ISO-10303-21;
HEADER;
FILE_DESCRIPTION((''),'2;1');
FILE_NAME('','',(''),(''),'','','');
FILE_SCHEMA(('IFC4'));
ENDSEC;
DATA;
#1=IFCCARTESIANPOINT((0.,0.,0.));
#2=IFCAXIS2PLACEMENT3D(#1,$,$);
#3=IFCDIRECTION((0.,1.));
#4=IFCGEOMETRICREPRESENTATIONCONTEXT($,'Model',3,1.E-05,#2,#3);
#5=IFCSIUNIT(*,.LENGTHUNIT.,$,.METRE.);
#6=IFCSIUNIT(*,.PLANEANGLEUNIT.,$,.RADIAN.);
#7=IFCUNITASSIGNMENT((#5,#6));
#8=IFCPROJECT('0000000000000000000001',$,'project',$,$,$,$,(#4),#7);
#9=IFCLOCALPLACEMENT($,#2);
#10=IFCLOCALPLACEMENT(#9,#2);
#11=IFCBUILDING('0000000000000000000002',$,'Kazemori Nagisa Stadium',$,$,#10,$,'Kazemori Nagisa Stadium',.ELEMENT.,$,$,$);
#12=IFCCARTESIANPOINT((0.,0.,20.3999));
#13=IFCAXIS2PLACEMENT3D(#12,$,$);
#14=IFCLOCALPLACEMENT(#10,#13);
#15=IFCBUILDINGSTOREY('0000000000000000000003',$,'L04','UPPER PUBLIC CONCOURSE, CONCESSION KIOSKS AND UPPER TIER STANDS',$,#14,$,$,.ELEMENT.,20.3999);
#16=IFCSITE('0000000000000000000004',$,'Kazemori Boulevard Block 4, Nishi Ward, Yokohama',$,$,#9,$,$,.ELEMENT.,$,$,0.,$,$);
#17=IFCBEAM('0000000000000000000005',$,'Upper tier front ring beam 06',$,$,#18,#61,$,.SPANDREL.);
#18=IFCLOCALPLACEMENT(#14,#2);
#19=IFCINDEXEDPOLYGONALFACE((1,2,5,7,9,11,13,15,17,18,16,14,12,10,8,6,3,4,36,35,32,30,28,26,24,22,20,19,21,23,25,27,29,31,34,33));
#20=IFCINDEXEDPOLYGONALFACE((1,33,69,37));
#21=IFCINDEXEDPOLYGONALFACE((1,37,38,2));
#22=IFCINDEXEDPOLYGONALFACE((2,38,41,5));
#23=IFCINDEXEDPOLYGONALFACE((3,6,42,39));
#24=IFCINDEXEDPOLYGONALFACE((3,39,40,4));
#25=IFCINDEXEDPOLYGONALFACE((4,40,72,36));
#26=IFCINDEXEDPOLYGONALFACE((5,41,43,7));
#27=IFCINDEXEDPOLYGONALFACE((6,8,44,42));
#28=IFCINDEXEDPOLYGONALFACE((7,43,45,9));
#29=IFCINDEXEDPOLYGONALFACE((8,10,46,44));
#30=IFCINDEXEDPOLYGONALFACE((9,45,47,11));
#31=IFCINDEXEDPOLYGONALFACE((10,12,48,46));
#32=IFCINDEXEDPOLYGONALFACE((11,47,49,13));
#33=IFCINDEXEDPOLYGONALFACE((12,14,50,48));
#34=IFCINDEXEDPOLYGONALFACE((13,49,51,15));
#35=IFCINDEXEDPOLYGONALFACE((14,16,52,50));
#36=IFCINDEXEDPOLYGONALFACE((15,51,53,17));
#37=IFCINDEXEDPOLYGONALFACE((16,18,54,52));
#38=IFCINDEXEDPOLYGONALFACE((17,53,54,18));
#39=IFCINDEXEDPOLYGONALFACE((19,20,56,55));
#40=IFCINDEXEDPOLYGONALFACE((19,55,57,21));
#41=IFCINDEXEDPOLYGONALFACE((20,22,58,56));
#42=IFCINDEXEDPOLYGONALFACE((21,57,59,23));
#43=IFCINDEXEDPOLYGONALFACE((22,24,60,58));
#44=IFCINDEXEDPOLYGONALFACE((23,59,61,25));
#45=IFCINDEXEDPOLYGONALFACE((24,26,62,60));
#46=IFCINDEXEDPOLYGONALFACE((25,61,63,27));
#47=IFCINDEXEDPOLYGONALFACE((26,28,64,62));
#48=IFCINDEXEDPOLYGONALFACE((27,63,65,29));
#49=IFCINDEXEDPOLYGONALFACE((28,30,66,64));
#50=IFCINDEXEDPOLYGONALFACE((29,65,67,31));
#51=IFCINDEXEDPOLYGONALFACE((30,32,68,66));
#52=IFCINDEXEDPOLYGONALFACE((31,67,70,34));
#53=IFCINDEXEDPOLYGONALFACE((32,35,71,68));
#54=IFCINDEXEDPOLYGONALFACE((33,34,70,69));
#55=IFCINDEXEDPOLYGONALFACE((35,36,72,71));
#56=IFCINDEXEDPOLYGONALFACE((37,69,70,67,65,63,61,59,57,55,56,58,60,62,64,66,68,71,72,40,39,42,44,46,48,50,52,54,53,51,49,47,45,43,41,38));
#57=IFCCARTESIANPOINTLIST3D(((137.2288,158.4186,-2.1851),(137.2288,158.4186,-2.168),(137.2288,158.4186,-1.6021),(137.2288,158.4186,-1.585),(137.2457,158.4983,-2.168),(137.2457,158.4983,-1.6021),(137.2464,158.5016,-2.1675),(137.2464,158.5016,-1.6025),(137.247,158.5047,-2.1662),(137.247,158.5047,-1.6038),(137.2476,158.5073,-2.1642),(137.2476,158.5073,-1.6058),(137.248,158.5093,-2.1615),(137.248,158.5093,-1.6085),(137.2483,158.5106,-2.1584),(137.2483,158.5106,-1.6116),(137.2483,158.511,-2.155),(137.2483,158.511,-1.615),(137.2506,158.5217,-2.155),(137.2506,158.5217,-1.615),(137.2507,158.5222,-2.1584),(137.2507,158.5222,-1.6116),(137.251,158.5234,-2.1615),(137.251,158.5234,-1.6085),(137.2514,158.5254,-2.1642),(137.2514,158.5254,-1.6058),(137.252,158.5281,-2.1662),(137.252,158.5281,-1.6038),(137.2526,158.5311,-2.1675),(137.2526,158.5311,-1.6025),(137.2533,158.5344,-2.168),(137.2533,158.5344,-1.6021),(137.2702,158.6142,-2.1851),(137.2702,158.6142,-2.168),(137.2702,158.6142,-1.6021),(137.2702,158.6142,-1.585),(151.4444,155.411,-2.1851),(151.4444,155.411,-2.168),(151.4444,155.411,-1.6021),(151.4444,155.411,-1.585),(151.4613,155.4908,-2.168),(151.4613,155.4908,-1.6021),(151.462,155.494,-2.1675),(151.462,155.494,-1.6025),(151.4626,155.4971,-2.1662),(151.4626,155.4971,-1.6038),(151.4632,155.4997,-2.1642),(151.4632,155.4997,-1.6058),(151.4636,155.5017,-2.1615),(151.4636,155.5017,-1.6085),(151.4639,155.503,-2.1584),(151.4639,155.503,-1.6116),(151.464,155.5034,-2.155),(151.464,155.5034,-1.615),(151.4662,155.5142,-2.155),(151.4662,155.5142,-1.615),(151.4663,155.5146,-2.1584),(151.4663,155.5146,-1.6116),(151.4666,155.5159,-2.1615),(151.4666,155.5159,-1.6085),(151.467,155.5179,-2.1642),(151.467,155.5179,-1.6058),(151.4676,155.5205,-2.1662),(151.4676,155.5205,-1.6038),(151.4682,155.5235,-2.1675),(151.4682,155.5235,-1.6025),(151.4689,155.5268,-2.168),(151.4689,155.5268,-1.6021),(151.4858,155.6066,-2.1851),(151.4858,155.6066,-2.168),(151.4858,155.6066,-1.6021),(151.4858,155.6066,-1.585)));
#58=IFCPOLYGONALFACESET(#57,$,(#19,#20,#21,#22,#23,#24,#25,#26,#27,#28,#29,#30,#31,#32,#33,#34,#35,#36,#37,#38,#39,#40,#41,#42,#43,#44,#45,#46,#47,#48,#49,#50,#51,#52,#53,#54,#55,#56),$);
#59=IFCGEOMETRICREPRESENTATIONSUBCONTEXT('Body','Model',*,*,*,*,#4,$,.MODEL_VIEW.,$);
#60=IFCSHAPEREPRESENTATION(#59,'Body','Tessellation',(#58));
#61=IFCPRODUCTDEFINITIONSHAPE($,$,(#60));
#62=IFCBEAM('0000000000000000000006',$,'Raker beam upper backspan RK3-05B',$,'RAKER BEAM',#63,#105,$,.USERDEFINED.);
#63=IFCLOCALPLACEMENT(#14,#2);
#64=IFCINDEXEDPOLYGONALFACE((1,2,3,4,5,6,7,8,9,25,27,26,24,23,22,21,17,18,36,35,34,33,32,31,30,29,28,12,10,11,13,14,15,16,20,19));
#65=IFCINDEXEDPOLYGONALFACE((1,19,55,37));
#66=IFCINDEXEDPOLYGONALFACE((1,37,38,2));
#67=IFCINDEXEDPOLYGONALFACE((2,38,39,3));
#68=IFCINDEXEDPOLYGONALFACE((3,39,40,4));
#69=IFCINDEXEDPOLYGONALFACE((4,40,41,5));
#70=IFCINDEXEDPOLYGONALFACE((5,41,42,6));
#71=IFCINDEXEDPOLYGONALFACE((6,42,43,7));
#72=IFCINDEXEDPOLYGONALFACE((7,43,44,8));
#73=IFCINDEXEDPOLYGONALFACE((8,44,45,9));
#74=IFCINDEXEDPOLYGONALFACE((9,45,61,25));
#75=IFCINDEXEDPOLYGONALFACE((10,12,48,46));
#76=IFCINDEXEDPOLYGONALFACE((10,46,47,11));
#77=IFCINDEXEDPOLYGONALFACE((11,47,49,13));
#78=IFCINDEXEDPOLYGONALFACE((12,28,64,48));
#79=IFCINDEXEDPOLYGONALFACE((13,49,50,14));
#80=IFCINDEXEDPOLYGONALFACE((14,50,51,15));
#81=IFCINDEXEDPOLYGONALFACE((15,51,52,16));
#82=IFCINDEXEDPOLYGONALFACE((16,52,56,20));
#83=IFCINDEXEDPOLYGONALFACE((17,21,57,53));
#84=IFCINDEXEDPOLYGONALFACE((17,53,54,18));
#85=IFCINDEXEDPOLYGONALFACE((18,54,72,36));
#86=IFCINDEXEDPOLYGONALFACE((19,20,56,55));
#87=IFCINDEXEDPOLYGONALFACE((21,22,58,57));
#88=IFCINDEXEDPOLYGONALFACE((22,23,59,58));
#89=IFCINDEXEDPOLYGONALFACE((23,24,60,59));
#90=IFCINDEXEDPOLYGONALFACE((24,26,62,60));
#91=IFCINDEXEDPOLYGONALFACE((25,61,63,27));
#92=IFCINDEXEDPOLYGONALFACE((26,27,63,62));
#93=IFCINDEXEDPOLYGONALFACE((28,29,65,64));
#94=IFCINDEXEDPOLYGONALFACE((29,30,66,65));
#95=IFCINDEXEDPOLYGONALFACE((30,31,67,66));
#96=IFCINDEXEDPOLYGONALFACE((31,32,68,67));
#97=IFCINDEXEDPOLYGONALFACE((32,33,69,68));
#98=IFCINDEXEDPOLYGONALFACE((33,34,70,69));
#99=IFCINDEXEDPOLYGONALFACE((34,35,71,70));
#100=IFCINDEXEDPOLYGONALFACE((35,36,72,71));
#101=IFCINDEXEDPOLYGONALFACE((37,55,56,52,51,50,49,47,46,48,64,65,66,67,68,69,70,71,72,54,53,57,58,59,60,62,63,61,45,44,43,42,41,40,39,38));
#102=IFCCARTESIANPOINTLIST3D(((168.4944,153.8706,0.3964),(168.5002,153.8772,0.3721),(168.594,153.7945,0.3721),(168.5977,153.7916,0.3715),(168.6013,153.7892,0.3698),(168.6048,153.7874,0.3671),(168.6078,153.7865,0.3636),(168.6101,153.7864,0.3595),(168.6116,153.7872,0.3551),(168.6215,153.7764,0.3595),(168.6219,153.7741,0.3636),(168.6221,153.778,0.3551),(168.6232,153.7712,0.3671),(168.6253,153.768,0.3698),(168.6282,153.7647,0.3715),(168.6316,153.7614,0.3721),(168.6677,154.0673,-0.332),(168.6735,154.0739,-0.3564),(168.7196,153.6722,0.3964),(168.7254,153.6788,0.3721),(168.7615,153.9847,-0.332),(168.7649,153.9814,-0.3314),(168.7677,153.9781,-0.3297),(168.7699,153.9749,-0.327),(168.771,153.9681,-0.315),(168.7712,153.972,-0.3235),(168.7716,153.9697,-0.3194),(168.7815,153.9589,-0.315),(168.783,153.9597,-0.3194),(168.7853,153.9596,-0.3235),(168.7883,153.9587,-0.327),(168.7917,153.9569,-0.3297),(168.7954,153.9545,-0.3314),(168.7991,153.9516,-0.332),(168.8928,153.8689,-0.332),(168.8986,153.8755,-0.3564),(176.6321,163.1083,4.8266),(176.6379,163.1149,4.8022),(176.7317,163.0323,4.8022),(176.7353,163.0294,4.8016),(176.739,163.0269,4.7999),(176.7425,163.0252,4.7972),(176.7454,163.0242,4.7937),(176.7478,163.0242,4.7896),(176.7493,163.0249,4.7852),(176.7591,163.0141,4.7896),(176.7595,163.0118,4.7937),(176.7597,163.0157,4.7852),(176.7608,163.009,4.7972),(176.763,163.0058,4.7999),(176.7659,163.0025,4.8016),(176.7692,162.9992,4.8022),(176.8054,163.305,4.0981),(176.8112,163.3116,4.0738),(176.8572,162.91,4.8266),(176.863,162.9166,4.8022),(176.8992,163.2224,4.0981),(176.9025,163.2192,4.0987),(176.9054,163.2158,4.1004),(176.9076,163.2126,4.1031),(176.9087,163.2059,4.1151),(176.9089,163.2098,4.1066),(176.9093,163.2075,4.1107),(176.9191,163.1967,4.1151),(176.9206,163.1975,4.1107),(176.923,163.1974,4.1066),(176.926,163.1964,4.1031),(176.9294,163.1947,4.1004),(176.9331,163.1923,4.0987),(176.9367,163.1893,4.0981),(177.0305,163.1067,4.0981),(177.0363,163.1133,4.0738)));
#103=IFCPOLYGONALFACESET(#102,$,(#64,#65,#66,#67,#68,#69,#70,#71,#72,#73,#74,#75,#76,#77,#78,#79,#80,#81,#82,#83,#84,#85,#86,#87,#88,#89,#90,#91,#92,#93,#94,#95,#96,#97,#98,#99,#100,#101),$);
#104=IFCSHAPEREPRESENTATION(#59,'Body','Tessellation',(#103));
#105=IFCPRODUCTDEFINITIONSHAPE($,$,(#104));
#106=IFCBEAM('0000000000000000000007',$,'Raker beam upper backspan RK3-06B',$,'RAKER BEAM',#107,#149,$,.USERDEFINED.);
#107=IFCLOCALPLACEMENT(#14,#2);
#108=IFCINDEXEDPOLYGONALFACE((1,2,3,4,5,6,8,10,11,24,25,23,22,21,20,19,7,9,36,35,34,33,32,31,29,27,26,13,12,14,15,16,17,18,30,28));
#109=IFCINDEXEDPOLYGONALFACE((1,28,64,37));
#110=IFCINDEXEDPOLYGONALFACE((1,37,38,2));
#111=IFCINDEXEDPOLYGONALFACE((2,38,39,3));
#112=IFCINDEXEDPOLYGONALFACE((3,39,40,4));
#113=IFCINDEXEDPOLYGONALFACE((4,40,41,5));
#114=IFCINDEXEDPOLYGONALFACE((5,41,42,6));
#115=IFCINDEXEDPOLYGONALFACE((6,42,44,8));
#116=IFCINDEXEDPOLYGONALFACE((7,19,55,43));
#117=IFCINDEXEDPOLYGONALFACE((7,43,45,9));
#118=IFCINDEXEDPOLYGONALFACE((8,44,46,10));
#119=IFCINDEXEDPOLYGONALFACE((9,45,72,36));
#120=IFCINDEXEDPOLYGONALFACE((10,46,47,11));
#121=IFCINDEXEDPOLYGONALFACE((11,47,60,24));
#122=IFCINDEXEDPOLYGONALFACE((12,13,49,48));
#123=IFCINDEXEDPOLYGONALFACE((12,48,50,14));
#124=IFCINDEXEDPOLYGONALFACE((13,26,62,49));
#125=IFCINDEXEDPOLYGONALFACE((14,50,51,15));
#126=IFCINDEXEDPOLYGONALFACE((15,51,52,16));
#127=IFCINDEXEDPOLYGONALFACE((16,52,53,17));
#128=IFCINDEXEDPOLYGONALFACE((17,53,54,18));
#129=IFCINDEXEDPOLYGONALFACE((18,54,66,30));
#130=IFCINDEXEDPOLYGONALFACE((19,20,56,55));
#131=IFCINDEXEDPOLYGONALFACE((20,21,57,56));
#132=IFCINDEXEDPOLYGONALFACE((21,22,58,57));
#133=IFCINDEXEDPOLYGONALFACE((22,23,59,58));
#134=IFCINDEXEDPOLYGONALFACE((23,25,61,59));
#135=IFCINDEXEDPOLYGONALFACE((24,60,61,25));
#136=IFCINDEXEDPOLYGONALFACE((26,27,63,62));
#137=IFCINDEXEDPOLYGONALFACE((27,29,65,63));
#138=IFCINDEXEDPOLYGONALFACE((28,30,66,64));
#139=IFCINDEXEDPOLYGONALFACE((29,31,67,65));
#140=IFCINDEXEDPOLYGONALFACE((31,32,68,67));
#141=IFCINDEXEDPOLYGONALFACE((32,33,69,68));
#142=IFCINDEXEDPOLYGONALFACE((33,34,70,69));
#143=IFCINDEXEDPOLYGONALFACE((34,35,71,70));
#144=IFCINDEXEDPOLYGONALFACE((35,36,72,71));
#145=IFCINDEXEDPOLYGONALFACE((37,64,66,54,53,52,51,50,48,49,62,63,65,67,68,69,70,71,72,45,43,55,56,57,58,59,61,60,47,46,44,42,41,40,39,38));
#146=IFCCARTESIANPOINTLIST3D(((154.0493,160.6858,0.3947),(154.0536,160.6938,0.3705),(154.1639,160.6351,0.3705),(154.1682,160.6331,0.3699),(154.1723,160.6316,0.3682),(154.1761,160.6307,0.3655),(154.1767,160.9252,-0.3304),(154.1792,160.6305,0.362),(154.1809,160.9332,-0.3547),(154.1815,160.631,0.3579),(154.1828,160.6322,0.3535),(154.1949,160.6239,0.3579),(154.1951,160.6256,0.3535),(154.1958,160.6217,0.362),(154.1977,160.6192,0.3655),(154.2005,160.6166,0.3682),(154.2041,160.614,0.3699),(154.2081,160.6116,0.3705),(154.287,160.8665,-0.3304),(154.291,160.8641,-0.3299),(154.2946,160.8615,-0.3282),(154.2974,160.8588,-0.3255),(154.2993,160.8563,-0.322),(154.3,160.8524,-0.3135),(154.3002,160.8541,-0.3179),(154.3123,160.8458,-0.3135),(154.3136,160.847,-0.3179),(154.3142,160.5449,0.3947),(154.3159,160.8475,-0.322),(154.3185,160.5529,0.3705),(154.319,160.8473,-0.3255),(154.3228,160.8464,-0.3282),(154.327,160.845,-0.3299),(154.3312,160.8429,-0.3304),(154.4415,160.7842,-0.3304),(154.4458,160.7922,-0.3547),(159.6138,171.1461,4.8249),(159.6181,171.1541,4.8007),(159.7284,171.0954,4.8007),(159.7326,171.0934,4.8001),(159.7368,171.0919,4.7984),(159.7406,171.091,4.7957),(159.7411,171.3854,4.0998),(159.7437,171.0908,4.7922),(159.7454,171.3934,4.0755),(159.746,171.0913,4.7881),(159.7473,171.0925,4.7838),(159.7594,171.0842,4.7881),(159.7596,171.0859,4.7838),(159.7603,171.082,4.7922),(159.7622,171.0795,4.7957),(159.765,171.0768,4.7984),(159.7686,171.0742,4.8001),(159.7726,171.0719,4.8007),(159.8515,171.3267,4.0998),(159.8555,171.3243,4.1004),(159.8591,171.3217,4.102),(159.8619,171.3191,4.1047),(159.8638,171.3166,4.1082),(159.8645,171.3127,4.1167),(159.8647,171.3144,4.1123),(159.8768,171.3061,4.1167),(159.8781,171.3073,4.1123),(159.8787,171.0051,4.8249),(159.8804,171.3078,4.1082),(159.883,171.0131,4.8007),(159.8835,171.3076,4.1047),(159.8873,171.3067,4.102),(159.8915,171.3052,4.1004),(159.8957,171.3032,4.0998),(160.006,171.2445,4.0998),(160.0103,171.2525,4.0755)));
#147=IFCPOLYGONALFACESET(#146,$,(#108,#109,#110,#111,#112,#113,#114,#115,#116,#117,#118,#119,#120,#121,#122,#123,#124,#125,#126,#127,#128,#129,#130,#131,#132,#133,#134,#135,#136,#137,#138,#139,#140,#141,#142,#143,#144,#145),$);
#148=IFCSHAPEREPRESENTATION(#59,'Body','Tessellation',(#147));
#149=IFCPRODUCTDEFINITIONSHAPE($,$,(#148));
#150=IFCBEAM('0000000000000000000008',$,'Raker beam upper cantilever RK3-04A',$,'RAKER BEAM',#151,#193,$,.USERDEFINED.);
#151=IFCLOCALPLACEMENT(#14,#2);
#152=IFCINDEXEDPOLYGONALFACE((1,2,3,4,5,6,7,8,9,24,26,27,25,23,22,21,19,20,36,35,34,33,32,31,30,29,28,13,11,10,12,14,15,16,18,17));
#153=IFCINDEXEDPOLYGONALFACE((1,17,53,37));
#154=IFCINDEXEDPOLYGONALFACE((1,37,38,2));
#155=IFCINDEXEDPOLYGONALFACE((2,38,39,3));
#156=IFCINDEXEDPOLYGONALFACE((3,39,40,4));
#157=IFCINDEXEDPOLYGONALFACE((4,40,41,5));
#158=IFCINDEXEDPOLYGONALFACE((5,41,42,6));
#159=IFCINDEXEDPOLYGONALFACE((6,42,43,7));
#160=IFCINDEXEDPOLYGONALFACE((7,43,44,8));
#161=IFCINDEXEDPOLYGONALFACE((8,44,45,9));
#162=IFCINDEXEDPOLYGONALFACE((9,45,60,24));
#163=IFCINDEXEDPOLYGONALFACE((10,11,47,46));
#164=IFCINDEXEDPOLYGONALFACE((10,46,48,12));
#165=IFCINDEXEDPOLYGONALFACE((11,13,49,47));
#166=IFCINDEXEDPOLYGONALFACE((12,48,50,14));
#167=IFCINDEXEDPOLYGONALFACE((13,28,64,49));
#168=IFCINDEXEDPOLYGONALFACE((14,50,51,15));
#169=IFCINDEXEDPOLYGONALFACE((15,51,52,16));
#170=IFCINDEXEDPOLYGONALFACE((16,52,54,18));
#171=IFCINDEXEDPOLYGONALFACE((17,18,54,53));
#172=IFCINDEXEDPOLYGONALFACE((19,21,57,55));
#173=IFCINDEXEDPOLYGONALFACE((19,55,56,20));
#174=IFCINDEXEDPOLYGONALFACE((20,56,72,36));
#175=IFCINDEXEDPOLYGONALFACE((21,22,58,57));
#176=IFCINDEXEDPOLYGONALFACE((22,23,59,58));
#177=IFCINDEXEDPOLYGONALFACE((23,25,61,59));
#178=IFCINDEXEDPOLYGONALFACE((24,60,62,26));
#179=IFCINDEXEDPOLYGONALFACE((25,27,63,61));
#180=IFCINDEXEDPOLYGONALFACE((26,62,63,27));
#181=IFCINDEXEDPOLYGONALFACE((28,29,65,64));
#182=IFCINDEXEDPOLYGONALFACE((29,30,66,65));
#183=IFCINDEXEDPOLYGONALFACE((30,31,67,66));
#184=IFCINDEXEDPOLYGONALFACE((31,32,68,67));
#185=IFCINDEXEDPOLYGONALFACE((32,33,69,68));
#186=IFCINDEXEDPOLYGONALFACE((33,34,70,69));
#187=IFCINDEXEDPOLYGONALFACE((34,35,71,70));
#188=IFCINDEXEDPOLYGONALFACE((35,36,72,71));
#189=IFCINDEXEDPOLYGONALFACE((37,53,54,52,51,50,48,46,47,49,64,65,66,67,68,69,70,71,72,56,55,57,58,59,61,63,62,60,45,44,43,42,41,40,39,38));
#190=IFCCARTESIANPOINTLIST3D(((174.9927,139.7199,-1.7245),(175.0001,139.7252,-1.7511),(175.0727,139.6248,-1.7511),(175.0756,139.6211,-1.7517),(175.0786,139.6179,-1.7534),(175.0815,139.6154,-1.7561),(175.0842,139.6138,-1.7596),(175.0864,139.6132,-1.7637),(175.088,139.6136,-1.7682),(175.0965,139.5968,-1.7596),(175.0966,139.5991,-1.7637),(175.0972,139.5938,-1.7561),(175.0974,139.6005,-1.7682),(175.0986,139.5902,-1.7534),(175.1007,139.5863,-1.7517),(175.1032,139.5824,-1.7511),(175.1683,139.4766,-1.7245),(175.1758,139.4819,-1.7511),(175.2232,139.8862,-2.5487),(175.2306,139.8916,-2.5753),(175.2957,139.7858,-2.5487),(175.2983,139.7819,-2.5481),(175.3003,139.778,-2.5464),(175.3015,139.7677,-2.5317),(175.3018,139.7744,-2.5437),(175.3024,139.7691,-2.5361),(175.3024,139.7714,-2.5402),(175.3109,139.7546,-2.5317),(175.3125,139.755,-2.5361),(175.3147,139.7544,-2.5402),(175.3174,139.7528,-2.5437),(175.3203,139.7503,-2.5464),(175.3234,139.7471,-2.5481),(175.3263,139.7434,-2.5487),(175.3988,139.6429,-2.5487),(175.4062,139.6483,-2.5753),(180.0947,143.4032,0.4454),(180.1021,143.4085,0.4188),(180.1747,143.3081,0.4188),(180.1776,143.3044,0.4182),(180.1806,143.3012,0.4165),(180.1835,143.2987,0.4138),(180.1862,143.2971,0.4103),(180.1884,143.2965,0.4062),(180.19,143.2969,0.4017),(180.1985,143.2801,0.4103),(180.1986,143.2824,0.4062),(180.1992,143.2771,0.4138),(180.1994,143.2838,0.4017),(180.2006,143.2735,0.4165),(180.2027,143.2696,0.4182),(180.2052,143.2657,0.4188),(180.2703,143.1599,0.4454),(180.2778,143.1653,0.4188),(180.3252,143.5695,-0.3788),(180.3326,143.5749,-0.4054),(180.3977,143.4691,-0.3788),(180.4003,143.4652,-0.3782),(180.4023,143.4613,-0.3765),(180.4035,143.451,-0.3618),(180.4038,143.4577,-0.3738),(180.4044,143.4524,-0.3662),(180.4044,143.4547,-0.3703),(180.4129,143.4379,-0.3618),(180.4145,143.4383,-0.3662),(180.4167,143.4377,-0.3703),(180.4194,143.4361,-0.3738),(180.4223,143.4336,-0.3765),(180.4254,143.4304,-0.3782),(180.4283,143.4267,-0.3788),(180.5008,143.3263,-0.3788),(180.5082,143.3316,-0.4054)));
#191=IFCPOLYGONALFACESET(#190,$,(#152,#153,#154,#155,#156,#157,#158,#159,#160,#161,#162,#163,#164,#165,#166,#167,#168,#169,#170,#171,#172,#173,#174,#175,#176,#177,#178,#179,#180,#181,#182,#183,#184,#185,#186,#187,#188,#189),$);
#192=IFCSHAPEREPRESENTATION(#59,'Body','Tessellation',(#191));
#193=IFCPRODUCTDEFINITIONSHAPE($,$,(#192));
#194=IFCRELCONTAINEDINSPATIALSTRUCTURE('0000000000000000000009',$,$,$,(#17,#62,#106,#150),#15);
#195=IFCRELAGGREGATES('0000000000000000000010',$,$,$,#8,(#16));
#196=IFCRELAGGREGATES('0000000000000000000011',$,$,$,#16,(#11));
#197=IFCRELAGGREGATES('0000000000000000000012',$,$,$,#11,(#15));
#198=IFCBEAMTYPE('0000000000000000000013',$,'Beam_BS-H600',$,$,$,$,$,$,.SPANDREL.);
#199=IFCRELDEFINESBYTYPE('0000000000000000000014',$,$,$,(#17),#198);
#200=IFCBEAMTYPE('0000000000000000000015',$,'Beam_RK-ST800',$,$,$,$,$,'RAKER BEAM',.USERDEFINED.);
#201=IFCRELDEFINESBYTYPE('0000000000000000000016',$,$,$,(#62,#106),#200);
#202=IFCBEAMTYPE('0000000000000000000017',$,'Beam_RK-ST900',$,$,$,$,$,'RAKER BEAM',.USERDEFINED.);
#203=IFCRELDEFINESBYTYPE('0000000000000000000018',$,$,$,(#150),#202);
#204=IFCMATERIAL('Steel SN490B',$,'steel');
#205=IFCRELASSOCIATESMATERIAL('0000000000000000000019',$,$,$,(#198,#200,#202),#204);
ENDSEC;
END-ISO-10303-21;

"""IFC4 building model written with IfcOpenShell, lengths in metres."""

from ifc_helpers import new_model, si_unit, direction, frame, origin, origin_2d, place, context, subcontext, project, spatial, i_section, extrude, material, material_profile, profile_set, type_object, element, save


model = new_model("IFC4")

# Units and contexts
model_context = context("Model", 3, precision=1e-05, world=origin(), true_north=direction((0.0, 1.0)))
body_context = subcontext(model_context, "Body", "Model", "MODEL_VIEW")
ifc_project = project(units=[si_unit("LENGTHUNIT", "METRE"), si_unit("PLANEANGLEUNIT", "RADIAN")], contexts=[model_context])

# Site, building, storey
site_placement = place(None, origin())
site = spatial("IfcSite", under=ifc_project, at=site_placement, Name="Kazemori Boulevard Block 4, Nishi Ward, Yokohama", CompositionType="ELEMENT", RefElevation=0.0)
building_placement = place(site_placement, origin())
building = spatial("IfcBuilding", under=site, at=building_placement, Name="Kazemori Nagisa Stadium", LongName="Kazemori Nagisa Stadium", CompositionType="ELEMENT")
storey_placement = place(building_placement, frame((0.0, 0.0, 20.3999)))
storey = spatial("IfcBuildingStorey", under=building, at=storey_placement, Name="L04", Description="UPPER PUBLIC CONCOURSE, CONCESSION KIOSKS AND UPPER TIER STANDS", CompositionType="ELEMENT", Elevation=20.3999)

# Beams
ifc_material_1 = material(Name="Steel SN490B", Category="steel")
ifc_material_profile_1 = material_profile(ifc_material_1, i_section(OverallWidth=0.2, OverallDepth=0.6001, WebThickness=0.011, FlangeThickness=0.0171, FilletRadius=0.0129, at=origin_2d()), Name="H-600x200x11x17")
ifc_profile_set_1 = profile_set([ifc_material_profile_1], Name="Steel SN490B")
beam_type_1 = type_object("IfcBeamType", Name="Beam_BS-H600", PredefinedType="SPANDREL", material=ifc_profile_set_1)
beam_1_placement = place(storey_placement, frame((151.4651, 155.5088, -1.885), z_axis=(-0.978344, 0.206987, 0.0), x_axis=(-0.206987, -0.978344, 0.0)))
element("IfcBeam", 1, at=beam_1_placement, inside=storey, type_object=beam_type_1, Name="Upper tier front ring beam 06", PredefinedType="SPANDREL", context=body_context, shape_type="SweptSolid", body=[
    extrude(i_section(OverallWidth=0.2, OverallDepth=0.6001, WebThickness=0.011, FlangeThickness=0.0171, FilletRadius=0.0129, at=origin_2d()), origin(), (0.0, 0.0, 1.0), 14.5303),
])
ifc_material_profile_2 = material_profile(ifc_material_1, i_section(OverallWidth=0.3, OverallDepth=0.8, WebThickness=0.0139, FlangeThickness=0.0259, FilletRadius=0.0181, at=origin_2d()), Name="H-800x300x14x26")
ifc_profile_set_2 = profile_set([ifc_material_profile_2], Name="Steel SN490B")
beam_type_2 = type_object("IfcBeamType", Name="Beam_RK-ST800", ElementType="RAKER BEAM", PredefinedType="USERDEFINED", material=ifc_profile_set_2)
beam_2_placement = place(storey_placement, frame((168.6965, 153.873, 0.02), z_axis=(0.621968, 0.706049, 0.338601), x_axis=(-0.750374, 0.661014, 0.0)))
element("IfcBeam", 2, at=beam_2_placement, inside=storey, type_object=beam_type_2, Name="Raker beam upper backspan RK3-05B", ObjectType="RAKER BEAM", PredefinedType="USERDEFINED", context=body_context, shape_type="SweptSolid", body=[
    extrude(i_section(OverallWidth=0.3, OverallDepth=0.8, WebThickness=0.0139, FlangeThickness=0.0259, FilletRadius=0.0181, at=origin_2d()), origin(), (0.0, 0.0, 1.0), 13.0837),
])
beam_3_placement = place(storey_placement, frame((154.2476, 160.739, 0.02), z_axis=(0.439901, 0.826938, 0.35023), x_axis=(-0.882854, 0.469647, 0.0)))
element("IfcBeam", 3, at=beam_3_placement, inside=storey, type_object=beam_type_2, Name="Raker beam upper backspan RK3-06B", ObjectType="RAKER BEAM", PredefinedType="USERDEFINED", context=body_context, shape_type="SweptSolid", body=[
    extrude(i_section(OverallWidth=0.3, OverallDepth=0.8, WebThickness=0.0139, FlangeThickness=0.0259, FilletRadius=0.0181, at=origin_2d()), origin(), (0.0, 0.0, 1.0), 12.6494),
])
ifc_material_profile_3 = material_profile(ifc_material_1, i_section(OverallWidth=0.3, OverallDepth=0.8999, WebThickness=0.0161, FlangeThickness=0.0281, FilletRadius=0.0181, at=origin_2d()), Name="H-900x300x16x28")
ifc_profile_set_3 = profile_set([ifc_material_profile_3], Name="Steel SN490B")
beam_type_3 = type_object("IfcBeamType", Name="Beam_RK-ST900", ElementType="RAKER BEAM", PredefinedType="USERDEFINED", material=ifc_profile_set_3)
beam_4_placement = place(storey_placement, frame((175.1995, 139.6841, -2.1499), z_axis=(0.766498, 0.553362, 0.325994), x_axis=(-0.585338, 0.81079, 0.0)))
element("IfcBeam", 4, at=beam_4_placement, inside=storey, type_object=beam_type_3, Name="Raker beam upper cantilever RK3-04A", ObjectType="RAKER BEAM", PredefinedType="USERDEFINED", context=body_context, shape_type="SweptSolid", body=[
    extrude(i_section(OverallWidth=0.3, OverallDepth=0.8999, WebThickness=0.0161, FlangeThickness=0.0281, FilletRadius=0.0181, at=origin_2d()), origin(), (0.0, 0.0, 1.0), 6.6562),
])

save(model, "model.ifc")
